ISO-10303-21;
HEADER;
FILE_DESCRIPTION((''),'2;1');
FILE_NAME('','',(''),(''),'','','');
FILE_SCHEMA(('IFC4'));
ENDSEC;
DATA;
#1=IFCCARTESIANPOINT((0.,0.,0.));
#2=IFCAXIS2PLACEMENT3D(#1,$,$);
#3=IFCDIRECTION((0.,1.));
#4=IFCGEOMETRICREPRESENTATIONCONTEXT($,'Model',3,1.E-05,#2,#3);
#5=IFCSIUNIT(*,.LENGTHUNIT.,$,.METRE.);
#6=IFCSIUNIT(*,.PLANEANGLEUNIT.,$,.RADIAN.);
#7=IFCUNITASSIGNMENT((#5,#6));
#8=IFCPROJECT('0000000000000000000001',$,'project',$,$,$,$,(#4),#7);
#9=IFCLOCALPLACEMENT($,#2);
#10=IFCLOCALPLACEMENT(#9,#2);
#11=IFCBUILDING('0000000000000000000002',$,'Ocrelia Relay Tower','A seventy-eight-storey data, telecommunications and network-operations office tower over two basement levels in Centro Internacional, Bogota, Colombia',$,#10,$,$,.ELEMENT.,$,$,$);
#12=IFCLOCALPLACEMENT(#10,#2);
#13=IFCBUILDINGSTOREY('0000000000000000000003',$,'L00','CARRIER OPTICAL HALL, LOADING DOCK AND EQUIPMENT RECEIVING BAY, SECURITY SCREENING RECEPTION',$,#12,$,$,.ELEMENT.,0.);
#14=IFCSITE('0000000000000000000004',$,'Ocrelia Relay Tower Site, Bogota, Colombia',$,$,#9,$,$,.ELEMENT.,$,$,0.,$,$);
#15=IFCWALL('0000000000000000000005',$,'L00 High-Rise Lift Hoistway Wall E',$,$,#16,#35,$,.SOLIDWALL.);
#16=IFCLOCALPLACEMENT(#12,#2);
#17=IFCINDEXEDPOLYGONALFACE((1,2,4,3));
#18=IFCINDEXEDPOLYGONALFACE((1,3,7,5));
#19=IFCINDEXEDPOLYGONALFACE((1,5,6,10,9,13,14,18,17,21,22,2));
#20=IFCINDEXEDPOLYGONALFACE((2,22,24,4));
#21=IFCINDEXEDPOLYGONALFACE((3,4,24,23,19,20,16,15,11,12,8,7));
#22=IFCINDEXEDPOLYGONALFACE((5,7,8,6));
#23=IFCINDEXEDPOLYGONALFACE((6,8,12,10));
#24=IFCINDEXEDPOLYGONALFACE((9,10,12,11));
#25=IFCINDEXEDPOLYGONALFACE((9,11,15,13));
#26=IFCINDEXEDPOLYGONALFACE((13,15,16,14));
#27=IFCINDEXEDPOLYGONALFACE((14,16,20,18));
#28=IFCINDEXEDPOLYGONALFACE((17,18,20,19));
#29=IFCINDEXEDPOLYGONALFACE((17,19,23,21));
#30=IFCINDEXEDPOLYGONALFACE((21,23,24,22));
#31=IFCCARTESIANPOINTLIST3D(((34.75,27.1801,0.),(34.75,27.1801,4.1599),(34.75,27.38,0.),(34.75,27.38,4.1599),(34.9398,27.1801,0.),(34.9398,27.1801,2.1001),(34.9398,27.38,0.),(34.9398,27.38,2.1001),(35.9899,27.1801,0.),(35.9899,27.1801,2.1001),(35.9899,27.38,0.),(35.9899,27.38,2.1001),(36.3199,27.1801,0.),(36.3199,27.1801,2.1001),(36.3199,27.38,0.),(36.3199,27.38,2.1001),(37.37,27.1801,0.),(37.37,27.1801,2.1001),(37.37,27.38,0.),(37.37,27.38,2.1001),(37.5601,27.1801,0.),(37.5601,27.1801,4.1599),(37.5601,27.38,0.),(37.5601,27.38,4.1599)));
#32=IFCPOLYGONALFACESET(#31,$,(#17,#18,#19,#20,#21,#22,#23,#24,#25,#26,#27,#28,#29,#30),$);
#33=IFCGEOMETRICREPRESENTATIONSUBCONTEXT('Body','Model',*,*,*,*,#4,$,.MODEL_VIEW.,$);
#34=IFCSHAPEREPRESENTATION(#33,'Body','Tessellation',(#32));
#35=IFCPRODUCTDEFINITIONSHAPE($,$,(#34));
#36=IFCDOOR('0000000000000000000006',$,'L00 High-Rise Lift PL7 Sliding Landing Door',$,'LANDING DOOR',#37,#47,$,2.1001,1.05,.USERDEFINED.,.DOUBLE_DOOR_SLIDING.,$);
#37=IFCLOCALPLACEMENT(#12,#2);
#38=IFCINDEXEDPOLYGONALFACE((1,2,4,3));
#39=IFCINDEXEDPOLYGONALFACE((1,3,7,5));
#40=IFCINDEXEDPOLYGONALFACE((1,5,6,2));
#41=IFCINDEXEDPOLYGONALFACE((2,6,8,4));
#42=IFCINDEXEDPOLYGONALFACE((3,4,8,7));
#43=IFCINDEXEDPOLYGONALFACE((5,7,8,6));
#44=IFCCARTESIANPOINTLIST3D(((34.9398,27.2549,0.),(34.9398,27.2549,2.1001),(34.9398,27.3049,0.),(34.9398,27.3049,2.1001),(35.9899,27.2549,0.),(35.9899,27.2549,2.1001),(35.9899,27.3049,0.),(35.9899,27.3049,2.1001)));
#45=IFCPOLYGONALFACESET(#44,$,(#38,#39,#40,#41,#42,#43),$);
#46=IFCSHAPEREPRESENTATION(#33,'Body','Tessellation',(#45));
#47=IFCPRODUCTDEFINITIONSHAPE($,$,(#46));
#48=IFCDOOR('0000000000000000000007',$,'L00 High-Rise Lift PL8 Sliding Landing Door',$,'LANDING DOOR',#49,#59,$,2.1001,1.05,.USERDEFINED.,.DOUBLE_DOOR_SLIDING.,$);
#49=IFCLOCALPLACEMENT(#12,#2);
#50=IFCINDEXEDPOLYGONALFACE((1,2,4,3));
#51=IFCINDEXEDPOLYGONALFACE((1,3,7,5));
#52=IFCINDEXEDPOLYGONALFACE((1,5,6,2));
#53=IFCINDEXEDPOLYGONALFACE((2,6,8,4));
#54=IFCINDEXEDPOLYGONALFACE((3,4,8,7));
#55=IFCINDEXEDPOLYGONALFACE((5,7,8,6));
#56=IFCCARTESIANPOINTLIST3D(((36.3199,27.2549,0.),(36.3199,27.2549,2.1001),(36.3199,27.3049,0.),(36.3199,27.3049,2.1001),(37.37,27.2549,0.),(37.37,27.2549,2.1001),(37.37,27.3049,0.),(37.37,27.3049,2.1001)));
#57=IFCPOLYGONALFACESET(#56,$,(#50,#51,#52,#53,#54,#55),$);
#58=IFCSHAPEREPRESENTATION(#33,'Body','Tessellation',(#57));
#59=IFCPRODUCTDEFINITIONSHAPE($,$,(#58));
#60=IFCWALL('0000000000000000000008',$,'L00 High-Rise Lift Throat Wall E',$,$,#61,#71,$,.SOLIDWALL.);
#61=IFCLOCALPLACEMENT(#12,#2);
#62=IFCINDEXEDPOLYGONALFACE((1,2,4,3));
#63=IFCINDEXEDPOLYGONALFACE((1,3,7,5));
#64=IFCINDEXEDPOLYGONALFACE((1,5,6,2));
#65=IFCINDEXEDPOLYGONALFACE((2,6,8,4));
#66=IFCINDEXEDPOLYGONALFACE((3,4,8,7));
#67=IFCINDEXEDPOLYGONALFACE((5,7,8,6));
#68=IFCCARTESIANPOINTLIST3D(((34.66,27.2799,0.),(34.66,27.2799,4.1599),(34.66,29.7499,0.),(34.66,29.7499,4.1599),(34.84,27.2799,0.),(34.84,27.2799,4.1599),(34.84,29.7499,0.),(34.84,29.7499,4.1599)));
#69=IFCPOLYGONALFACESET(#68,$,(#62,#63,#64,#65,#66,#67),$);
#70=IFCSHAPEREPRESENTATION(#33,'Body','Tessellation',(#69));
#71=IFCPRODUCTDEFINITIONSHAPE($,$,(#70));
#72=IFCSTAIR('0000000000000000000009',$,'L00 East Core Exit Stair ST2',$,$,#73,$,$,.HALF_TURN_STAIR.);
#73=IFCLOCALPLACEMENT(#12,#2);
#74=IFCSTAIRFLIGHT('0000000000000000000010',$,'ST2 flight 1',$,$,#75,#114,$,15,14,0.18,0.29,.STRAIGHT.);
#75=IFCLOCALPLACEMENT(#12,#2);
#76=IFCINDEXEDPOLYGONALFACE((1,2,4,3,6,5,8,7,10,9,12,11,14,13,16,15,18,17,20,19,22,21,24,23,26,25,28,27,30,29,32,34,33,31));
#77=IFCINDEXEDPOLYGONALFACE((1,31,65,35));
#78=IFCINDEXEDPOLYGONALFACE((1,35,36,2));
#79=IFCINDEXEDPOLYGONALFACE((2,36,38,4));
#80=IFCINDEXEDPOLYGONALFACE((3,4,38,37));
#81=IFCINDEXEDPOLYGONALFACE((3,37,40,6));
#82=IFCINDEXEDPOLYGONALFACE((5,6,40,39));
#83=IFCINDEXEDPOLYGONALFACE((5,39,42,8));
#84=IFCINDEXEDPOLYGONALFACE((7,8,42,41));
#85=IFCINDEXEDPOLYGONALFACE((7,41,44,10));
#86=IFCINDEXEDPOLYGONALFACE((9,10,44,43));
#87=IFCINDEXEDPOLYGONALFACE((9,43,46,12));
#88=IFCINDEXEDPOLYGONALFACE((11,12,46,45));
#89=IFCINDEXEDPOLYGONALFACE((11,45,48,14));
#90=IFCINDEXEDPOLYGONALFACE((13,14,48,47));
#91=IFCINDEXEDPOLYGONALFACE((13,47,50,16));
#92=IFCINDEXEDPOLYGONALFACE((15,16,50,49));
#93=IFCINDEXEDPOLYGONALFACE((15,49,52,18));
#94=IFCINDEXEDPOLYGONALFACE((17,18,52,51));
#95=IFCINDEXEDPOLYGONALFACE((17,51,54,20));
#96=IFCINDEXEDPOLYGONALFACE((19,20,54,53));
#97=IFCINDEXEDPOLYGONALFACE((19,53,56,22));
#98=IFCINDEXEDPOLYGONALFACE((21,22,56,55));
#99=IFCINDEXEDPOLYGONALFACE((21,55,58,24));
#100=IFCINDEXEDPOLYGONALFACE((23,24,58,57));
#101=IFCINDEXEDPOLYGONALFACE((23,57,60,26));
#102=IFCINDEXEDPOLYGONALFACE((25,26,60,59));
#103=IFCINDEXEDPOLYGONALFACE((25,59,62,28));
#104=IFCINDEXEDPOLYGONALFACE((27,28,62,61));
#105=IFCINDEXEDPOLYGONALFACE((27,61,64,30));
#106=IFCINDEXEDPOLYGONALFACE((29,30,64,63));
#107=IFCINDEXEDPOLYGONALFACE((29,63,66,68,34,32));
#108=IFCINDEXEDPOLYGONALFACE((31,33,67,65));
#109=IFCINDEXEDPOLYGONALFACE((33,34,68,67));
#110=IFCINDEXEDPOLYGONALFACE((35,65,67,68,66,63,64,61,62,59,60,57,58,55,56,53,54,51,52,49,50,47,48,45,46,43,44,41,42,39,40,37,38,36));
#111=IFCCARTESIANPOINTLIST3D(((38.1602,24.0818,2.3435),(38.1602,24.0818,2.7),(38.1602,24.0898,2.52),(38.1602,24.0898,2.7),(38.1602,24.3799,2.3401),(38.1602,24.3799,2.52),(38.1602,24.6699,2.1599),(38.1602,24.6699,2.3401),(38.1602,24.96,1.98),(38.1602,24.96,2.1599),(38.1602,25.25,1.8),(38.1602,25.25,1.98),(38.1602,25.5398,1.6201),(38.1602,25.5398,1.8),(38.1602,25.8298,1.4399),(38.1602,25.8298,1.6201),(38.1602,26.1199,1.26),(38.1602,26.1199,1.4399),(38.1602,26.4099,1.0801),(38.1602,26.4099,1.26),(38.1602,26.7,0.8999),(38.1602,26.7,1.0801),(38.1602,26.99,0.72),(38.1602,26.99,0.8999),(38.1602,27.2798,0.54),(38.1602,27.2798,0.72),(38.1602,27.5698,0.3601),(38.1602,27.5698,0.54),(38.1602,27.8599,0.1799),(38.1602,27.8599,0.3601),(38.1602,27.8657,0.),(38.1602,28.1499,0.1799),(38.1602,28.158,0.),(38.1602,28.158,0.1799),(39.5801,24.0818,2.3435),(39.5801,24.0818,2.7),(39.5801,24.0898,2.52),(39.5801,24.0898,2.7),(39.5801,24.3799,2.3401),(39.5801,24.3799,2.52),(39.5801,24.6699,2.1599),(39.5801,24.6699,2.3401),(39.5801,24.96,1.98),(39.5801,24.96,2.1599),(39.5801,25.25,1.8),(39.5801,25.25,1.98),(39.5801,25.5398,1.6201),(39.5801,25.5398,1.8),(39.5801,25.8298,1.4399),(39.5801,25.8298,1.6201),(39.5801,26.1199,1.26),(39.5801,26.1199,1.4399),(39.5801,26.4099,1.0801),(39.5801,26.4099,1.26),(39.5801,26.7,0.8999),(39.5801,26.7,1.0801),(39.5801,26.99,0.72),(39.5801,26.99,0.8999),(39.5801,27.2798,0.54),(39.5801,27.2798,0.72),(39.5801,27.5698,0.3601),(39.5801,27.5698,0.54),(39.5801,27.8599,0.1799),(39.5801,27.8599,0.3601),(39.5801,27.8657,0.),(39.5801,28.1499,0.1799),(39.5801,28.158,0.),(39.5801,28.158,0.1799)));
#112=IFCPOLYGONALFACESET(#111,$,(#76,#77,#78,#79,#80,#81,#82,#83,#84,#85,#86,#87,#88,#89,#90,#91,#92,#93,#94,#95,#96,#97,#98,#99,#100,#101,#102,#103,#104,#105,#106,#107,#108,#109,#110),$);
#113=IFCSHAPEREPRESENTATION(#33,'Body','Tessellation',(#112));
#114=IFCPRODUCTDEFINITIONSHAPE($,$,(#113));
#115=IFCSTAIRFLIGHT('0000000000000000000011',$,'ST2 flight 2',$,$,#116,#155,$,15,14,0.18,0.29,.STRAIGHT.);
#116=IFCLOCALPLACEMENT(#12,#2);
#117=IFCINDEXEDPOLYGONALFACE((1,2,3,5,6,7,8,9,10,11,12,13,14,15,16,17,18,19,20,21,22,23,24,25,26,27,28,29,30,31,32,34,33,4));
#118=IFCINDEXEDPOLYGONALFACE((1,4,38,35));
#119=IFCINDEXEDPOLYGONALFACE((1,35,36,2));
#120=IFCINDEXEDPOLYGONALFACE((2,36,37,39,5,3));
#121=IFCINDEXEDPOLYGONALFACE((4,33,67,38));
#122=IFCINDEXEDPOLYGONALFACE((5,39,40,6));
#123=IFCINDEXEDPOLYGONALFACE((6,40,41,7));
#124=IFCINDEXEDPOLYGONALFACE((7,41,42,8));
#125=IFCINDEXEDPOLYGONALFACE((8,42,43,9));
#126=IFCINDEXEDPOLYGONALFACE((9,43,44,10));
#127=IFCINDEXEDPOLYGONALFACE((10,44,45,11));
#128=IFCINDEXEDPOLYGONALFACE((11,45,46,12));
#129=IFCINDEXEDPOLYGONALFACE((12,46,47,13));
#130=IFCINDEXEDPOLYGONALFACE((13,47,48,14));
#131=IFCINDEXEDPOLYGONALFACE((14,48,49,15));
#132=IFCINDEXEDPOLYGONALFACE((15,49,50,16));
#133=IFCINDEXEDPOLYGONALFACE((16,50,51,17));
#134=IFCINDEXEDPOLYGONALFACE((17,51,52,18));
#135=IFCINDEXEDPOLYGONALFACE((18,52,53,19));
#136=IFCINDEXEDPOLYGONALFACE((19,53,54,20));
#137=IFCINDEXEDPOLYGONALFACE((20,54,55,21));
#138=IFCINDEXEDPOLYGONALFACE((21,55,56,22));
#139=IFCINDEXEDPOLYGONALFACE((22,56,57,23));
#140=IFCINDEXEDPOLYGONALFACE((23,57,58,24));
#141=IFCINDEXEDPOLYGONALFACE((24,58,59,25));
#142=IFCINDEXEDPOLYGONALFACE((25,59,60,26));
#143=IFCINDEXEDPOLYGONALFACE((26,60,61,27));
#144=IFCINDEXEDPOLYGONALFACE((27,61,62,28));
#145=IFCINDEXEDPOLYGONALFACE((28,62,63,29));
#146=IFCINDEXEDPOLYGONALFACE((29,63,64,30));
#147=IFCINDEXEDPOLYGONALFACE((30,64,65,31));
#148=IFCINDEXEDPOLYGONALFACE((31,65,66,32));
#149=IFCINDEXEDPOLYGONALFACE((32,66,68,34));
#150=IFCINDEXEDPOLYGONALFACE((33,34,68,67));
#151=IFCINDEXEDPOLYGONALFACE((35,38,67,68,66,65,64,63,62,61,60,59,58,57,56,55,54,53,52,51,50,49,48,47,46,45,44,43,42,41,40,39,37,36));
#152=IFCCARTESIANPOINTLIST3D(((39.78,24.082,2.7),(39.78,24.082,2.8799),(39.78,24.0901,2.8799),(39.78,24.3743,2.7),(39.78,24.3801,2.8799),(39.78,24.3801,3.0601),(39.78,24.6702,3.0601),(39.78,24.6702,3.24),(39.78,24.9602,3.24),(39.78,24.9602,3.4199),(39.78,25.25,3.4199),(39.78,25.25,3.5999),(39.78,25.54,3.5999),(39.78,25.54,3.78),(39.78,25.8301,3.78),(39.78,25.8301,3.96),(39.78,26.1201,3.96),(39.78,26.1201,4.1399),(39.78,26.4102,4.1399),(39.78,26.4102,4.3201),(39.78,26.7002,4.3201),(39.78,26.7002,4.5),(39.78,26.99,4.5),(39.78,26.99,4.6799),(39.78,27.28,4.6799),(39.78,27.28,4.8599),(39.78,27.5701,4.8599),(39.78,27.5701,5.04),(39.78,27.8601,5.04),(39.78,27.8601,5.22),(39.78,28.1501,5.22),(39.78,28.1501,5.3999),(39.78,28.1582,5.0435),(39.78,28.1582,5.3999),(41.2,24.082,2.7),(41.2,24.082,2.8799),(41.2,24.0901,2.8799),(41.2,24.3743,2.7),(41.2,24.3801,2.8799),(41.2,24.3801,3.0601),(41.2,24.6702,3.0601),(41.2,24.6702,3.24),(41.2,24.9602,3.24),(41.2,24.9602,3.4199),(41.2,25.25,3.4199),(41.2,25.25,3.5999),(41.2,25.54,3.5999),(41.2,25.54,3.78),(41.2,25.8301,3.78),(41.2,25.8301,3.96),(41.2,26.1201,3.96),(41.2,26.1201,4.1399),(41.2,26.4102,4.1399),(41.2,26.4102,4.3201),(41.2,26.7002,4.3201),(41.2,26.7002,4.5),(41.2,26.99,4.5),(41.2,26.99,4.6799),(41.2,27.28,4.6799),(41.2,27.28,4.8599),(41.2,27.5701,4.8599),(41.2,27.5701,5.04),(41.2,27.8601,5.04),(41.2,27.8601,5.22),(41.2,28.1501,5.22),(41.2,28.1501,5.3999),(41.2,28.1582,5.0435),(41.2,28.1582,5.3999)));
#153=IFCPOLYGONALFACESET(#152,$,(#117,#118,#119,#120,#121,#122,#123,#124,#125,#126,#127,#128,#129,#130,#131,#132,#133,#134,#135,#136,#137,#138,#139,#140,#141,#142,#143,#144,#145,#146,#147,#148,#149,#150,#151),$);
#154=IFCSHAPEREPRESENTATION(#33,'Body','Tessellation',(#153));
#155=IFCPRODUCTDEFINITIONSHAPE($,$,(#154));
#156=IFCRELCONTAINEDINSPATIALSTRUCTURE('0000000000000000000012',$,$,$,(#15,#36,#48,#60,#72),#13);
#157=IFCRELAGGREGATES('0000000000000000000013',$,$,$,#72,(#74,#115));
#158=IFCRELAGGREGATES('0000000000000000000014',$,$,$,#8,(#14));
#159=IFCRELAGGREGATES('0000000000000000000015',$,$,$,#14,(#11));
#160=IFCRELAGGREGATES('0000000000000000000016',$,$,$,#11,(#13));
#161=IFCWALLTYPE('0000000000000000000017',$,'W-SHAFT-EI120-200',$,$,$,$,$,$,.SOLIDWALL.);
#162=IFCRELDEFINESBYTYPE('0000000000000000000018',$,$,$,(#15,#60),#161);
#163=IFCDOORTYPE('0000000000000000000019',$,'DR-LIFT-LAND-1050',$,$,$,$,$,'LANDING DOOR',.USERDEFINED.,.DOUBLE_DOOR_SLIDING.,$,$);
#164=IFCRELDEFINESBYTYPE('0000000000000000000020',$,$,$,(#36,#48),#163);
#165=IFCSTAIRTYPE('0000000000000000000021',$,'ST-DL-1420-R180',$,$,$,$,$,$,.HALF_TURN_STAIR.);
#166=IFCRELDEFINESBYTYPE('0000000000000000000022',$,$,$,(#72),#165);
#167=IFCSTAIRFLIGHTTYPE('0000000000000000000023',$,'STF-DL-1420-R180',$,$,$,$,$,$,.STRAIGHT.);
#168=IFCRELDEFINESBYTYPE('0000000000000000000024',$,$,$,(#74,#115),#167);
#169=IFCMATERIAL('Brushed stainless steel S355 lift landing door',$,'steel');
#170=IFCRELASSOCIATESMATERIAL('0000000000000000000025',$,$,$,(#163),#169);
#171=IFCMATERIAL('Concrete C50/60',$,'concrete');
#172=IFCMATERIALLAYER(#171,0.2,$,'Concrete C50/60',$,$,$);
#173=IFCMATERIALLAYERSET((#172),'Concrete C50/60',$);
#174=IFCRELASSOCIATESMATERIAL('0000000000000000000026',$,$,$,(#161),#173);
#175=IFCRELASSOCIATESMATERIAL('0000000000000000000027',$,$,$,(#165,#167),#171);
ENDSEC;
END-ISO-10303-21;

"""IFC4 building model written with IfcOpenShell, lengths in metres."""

from ifc_helpers import new_model, si_unit, direction, frame, frame_2d, origin, place, context, subcontext, project, spatial, polyline, rectangle, outline, extrude, material, layer, layer_set, type_object, element, fill, aggregate, save


model = new_model("IFC4")

# Units and contexts
model_context = context("Model", 3, precision=1e-05, world=origin(), true_north=direction((0.0, 1.0)))
body_context = subcontext(model_context, "Body", "Model", "MODEL_VIEW")
ifc_project = project(units=[si_unit("LENGTHUNIT", "METRE"), si_unit("PLANEANGLEUNIT", "RADIAN")], contexts=[model_context])

# Site, building, storey
site_placement = place(None, origin())
site = spatial("IfcSite", under=ifc_project, at=site_placement, Name="Ocrelia Relay Tower Site, Bogota, Colombia", CompositionType="ELEMENT", RefElevation=0.0)
building_placement = place(site_placement, origin())
building = spatial("IfcBuilding", under=site, at=building_placement, Name="Ocrelia Relay Tower", Description="A seventy-eight-storey data, telecommunications and network-operations office tower over two basement levels in Centro Internacional, Bogota, Colombia", CompositionType="ELEMENT")
storey_placement = place(building_placement, origin())
storey = spatial("IfcBuildingStorey", under=building, at=storey_placement, Name="L00", Description="CARRIER OPTICAL HALL, LOADING DOCK AND EQUIPMENT RECEIVING BAY, SECURITY SCREENING RECEPTION", CompositionType="ELEMENT", Elevation=0.0)

# Shared definitions
ifc_material_1 = material(Name="Concrete C50/60", Category="concrete")
ifc_material_2 = material(Name="Brushed stainless steel S355 lift landing door", Category="steel")
door_type_1 = type_object("IfcDoorType", Name="DR-LIFT-LAND-1050", ElementType="LANDING DOOR", OperationType="DOUBLE_DOOR_SLIDING", PredefinedType="USERDEFINED", material=ifc_material_2)
ifc_layer_1 = layer(ifc_material_1, 0.2, Name="Concrete C50/60")
ifc_layer_set_1 = layer_set([ifc_layer_1], Name="Concrete C50/60")
wall_type_1 = type_object("IfcWallType", Name="W-SHAFT-EI120-200", PredefinedType="SOLIDWALL", material=ifc_layer_set_1)

# Wall, openings, doors
wall_1_placement = place(storey_placement, frame((34.75, 27.28, 0.0), z_axis=(0.0, 0.0, 1.0), x_axis=(1.0, 0.0, 0.0)))
wall_1 = element("IfcWall", 1, at=wall_1_placement, inside=storey, type_object=wall_type_1, Name="L00 High-Rise Lift Hoistway Wall E", PredefinedType="SOLIDWALL", context=body_context, shape_type="SweptSolid", body=[
    extrude(rectangle(XDim=2.8101, YDim=0.2, at=frame_2d((1.405, 0.0))), origin(), (0.0, 0.0, 1.0), 4.1599),
])
opening_1_placement = place(wall_1_placement, frame((0.1899, 0.0, 0.0)))
opening_1 = element("IfcOpeningElement", 2, at=opening_1_placement, cuts=wall_1, PredefinedType="OPENING", context=body_context, shape_type="SweptSolid", body=[
    extrude(rectangle(XDim=1.05, YDim=2.1001, at=frame_2d((0.5249, 1.05))), frame((0.0, 0.1099, 0.0), z_axis=(0.0, -1.0, 0.0), x_axis=(1.0, 0.0, 0.0)), (0.0, 0.0, 1.0), 0.22),
])
opening_2_placement = place(wall_1_placement, frame((1.5701, 0.0, 0.0)))
opening_2 = element("IfcOpeningElement", 3, at=opening_2_placement, cuts=wall_1, PredefinedType="OPENING", context=body_context, shape_type="SweptSolid", body=[
    extrude(rectangle(XDim=1.05, YDim=2.1001, at=frame_2d((0.5249, 1.05))), frame((0.0, 0.1099, 0.0), z_axis=(0.0, -1.0, 0.0), x_axis=(1.0, 0.0, 0.0)), (0.0, 0.0, 1.0), 0.22),
])
door_1_placement = place(opening_1_placement, origin())
door_1 = element("IfcDoor", 4, at=door_1_placement, inside=storey, type_object=door_type_1, Name="L00 High-Rise Lift PL7 Sliding Landing Door", ObjectType="LANDING DOOR", OperationType="DOUBLE_DOOR_SLIDING", OverallHeight=2.1001, OverallWidth=1.05, PredefinedType="USERDEFINED", context=body_context, shape_type="SweptSolid", body=[
    extrude(rectangle(XDim=1.05, YDim=2.1001, at=frame_2d((0.5249, 1.05))), frame((0.0, 0.0249, 0.0), z_axis=(0.0, -1.0, 0.0), x_axis=(1.0, 0.0, 0.0)), (0.0, 0.0, 1.0), 0.05),
])
fill(opening_1, door_1)
door_2_placement = place(opening_2_placement, origin())
door_2 = element("IfcDoor", 5, at=door_2_placement, inside=storey, type_object=door_type_1, Name="L00 High-Rise Lift PL8 Sliding Landing Door", ObjectType="LANDING DOOR", OperationType="DOUBLE_DOOR_SLIDING", OverallHeight=2.1001, OverallWidth=1.05, PredefinedType="USERDEFINED", context=body_context, shape_type="SweptSolid", body=[
    extrude(rectangle(XDim=1.05, YDim=2.1001, at=frame_2d((0.5249, 1.05))), frame((0.0, 0.0249, 0.0), z_axis=(0.0, -1.0, 0.0), x_axis=(1.0, 0.0, 0.0)), (0.0, 0.0, 1.0), 0.05),
])
fill(opening_2, door_2)

# Wall
wall_2_placement = place(storey_placement, frame((34.75, 27.28, 0.0), z_axis=(0.0, 0.0, 1.0), x_axis=(0.0, 1.0, 0.0)))
element("IfcWall", 6, at=wall_2_placement, inside=storey, type_object=wall_type_1, Name="L00 High-Rise Lift Throat Wall E", PredefinedType="SOLIDWALL", context=body_context, shape_type="SweptSolid", body=[
    extrude(rectangle(XDim=2.47, YDim=0.1799, at=frame_2d((1.2349, 0.0))), origin(), (0.0, 0.0, 1.0), 4.1599),
])

# Stair, stair flights
stair_type = type_object("IfcStairType", Name="ST-DL-1420-R180", PredefinedType="HALF_TURN_STAIR", material=ifc_material_1)
stair_placement = place(storey_placement, origin())
stair = element("IfcStair", 7, at=stair_placement, inside=storey, type_object=stair_type, Name="L00 East Core Exit Stair ST2", PredefinedType="HALF_TURN_STAIR")
stair_flight_type = type_object("IfcStairFlightType", Name="STF-DL-1420-R180", PredefinedType="STRAIGHT", material=ifc_material_1)
stair_flight_1_placement = place(storey_placement, frame((38.8701, 28.1499, 0.0), z_axis=(0.0, 0.0, 1.0), x_axis=(0.0, -1.0, 0.0)))
stair_flight_1 = element("IfcStairFlight", 8, at=stair_flight_1_placement, type_object=stair_flight_type, Name="ST2 flight 1", NumberOfRisers=15, NumberOfTreads=14, PredefinedType="STRAIGHT", RiserHeight=0.18, TreadLength=0.29, context=body_context, shape_type="SweptSolid", body=[
    extrude(outline(polyline([(-0.0081, 0.0), (-0.0081, 0.1799), (0.0, 0.1799), (0.29, 0.1799), (0.29, 0.3601), (0.5801, 0.3601), (0.5801, 0.54), (0.8701, 0.54), (0.8701, 0.72), (1.1599, 0.72), (1.1599, 0.8999), (1.45, 0.8999), (1.45, 1.0801), (1.74, 1.0801), (1.74, 1.26), (2.03, 1.26), (2.03, 1.4399), (2.3201, 1.4399), (2.3201, 1.6201), (2.6101, 1.6201), (2.6101, 1.8), (2.8999, 1.8), (2.8999, 1.98), (3.1899, 1.98), (3.1899, 2.1599), (3.48, 2.1599), (3.48, 2.3401), (3.77, 2.3401), (3.77, 2.52), (4.0601, 2.52), (4.0601, 2.7), (4.0681, 2.7), (4.0681, 2.3435), (0.2842, 0.0), (-0.0081, 0.0)])), frame((0.0, 0.71, 0.0), z_axis=(0.0, -1.0, 0.0), x_axis=(1.0, 0.0, 0.0)), (0.0, 0.0, 1.0), 1.4199),
])
stair_flight_2_placement = place(storey_placement, frame((40.49, 24.0901, 2.7), z_axis=(0.0, 0.0, 1.0), x_axis=(0.0, 1.0, 0.0)))
stair_flight_2 = element("IfcStairFlight", 9, at=stair_flight_2_placement, type_object=stair_flight_type, Name="ST2 flight 2", NumberOfRisers=15, NumberOfTreads=14, PredefinedType="STRAIGHT", RiserHeight=0.18, TreadLength=0.29, context=body_context, shape_type="SweptSolid", body=[
    extrude(outline(polyline([(-0.0081, 0.0), (-0.0081, 0.1799), (0.0, 0.1799), (0.29, 0.1799), (0.29, 0.3601), (0.5801, 0.3601), (0.5801, 0.54), (0.8701, 0.54), (0.8701, 0.72), (1.1599, 0.72), (1.1599, 0.8999), (1.45, 0.8999), (1.45, 1.0801), (1.74, 1.0801), (1.74, 1.26), (2.03, 1.26), (2.03, 1.4399), (2.3201, 1.4399), (2.3201, 1.6201), (2.6101, 1.6201), (2.6101, 1.8), (2.8999, 1.8), (2.8999, 1.98), (3.1899, 1.98), (3.1899, 2.1599), (3.48, 2.1599), (3.48, 2.3401), (3.77, 2.3401), (3.77, 2.52), (4.0601, 2.52), (4.0601, 2.7), (4.0681, 2.7), (4.0681, 2.3435), (0.2842, 0.0), (-0.0081, 0.0)])), frame((0.0, 0.71, 0.0), z_axis=(0.0, -1.0, 0.0), x_axis=(1.0, 0.0, 0.0)), (0.0, 0.0, 1.0), 1.4199),
])
aggregate(stair, [stair_flight_1, stair_flight_2])

save(model, "model.ifc")
